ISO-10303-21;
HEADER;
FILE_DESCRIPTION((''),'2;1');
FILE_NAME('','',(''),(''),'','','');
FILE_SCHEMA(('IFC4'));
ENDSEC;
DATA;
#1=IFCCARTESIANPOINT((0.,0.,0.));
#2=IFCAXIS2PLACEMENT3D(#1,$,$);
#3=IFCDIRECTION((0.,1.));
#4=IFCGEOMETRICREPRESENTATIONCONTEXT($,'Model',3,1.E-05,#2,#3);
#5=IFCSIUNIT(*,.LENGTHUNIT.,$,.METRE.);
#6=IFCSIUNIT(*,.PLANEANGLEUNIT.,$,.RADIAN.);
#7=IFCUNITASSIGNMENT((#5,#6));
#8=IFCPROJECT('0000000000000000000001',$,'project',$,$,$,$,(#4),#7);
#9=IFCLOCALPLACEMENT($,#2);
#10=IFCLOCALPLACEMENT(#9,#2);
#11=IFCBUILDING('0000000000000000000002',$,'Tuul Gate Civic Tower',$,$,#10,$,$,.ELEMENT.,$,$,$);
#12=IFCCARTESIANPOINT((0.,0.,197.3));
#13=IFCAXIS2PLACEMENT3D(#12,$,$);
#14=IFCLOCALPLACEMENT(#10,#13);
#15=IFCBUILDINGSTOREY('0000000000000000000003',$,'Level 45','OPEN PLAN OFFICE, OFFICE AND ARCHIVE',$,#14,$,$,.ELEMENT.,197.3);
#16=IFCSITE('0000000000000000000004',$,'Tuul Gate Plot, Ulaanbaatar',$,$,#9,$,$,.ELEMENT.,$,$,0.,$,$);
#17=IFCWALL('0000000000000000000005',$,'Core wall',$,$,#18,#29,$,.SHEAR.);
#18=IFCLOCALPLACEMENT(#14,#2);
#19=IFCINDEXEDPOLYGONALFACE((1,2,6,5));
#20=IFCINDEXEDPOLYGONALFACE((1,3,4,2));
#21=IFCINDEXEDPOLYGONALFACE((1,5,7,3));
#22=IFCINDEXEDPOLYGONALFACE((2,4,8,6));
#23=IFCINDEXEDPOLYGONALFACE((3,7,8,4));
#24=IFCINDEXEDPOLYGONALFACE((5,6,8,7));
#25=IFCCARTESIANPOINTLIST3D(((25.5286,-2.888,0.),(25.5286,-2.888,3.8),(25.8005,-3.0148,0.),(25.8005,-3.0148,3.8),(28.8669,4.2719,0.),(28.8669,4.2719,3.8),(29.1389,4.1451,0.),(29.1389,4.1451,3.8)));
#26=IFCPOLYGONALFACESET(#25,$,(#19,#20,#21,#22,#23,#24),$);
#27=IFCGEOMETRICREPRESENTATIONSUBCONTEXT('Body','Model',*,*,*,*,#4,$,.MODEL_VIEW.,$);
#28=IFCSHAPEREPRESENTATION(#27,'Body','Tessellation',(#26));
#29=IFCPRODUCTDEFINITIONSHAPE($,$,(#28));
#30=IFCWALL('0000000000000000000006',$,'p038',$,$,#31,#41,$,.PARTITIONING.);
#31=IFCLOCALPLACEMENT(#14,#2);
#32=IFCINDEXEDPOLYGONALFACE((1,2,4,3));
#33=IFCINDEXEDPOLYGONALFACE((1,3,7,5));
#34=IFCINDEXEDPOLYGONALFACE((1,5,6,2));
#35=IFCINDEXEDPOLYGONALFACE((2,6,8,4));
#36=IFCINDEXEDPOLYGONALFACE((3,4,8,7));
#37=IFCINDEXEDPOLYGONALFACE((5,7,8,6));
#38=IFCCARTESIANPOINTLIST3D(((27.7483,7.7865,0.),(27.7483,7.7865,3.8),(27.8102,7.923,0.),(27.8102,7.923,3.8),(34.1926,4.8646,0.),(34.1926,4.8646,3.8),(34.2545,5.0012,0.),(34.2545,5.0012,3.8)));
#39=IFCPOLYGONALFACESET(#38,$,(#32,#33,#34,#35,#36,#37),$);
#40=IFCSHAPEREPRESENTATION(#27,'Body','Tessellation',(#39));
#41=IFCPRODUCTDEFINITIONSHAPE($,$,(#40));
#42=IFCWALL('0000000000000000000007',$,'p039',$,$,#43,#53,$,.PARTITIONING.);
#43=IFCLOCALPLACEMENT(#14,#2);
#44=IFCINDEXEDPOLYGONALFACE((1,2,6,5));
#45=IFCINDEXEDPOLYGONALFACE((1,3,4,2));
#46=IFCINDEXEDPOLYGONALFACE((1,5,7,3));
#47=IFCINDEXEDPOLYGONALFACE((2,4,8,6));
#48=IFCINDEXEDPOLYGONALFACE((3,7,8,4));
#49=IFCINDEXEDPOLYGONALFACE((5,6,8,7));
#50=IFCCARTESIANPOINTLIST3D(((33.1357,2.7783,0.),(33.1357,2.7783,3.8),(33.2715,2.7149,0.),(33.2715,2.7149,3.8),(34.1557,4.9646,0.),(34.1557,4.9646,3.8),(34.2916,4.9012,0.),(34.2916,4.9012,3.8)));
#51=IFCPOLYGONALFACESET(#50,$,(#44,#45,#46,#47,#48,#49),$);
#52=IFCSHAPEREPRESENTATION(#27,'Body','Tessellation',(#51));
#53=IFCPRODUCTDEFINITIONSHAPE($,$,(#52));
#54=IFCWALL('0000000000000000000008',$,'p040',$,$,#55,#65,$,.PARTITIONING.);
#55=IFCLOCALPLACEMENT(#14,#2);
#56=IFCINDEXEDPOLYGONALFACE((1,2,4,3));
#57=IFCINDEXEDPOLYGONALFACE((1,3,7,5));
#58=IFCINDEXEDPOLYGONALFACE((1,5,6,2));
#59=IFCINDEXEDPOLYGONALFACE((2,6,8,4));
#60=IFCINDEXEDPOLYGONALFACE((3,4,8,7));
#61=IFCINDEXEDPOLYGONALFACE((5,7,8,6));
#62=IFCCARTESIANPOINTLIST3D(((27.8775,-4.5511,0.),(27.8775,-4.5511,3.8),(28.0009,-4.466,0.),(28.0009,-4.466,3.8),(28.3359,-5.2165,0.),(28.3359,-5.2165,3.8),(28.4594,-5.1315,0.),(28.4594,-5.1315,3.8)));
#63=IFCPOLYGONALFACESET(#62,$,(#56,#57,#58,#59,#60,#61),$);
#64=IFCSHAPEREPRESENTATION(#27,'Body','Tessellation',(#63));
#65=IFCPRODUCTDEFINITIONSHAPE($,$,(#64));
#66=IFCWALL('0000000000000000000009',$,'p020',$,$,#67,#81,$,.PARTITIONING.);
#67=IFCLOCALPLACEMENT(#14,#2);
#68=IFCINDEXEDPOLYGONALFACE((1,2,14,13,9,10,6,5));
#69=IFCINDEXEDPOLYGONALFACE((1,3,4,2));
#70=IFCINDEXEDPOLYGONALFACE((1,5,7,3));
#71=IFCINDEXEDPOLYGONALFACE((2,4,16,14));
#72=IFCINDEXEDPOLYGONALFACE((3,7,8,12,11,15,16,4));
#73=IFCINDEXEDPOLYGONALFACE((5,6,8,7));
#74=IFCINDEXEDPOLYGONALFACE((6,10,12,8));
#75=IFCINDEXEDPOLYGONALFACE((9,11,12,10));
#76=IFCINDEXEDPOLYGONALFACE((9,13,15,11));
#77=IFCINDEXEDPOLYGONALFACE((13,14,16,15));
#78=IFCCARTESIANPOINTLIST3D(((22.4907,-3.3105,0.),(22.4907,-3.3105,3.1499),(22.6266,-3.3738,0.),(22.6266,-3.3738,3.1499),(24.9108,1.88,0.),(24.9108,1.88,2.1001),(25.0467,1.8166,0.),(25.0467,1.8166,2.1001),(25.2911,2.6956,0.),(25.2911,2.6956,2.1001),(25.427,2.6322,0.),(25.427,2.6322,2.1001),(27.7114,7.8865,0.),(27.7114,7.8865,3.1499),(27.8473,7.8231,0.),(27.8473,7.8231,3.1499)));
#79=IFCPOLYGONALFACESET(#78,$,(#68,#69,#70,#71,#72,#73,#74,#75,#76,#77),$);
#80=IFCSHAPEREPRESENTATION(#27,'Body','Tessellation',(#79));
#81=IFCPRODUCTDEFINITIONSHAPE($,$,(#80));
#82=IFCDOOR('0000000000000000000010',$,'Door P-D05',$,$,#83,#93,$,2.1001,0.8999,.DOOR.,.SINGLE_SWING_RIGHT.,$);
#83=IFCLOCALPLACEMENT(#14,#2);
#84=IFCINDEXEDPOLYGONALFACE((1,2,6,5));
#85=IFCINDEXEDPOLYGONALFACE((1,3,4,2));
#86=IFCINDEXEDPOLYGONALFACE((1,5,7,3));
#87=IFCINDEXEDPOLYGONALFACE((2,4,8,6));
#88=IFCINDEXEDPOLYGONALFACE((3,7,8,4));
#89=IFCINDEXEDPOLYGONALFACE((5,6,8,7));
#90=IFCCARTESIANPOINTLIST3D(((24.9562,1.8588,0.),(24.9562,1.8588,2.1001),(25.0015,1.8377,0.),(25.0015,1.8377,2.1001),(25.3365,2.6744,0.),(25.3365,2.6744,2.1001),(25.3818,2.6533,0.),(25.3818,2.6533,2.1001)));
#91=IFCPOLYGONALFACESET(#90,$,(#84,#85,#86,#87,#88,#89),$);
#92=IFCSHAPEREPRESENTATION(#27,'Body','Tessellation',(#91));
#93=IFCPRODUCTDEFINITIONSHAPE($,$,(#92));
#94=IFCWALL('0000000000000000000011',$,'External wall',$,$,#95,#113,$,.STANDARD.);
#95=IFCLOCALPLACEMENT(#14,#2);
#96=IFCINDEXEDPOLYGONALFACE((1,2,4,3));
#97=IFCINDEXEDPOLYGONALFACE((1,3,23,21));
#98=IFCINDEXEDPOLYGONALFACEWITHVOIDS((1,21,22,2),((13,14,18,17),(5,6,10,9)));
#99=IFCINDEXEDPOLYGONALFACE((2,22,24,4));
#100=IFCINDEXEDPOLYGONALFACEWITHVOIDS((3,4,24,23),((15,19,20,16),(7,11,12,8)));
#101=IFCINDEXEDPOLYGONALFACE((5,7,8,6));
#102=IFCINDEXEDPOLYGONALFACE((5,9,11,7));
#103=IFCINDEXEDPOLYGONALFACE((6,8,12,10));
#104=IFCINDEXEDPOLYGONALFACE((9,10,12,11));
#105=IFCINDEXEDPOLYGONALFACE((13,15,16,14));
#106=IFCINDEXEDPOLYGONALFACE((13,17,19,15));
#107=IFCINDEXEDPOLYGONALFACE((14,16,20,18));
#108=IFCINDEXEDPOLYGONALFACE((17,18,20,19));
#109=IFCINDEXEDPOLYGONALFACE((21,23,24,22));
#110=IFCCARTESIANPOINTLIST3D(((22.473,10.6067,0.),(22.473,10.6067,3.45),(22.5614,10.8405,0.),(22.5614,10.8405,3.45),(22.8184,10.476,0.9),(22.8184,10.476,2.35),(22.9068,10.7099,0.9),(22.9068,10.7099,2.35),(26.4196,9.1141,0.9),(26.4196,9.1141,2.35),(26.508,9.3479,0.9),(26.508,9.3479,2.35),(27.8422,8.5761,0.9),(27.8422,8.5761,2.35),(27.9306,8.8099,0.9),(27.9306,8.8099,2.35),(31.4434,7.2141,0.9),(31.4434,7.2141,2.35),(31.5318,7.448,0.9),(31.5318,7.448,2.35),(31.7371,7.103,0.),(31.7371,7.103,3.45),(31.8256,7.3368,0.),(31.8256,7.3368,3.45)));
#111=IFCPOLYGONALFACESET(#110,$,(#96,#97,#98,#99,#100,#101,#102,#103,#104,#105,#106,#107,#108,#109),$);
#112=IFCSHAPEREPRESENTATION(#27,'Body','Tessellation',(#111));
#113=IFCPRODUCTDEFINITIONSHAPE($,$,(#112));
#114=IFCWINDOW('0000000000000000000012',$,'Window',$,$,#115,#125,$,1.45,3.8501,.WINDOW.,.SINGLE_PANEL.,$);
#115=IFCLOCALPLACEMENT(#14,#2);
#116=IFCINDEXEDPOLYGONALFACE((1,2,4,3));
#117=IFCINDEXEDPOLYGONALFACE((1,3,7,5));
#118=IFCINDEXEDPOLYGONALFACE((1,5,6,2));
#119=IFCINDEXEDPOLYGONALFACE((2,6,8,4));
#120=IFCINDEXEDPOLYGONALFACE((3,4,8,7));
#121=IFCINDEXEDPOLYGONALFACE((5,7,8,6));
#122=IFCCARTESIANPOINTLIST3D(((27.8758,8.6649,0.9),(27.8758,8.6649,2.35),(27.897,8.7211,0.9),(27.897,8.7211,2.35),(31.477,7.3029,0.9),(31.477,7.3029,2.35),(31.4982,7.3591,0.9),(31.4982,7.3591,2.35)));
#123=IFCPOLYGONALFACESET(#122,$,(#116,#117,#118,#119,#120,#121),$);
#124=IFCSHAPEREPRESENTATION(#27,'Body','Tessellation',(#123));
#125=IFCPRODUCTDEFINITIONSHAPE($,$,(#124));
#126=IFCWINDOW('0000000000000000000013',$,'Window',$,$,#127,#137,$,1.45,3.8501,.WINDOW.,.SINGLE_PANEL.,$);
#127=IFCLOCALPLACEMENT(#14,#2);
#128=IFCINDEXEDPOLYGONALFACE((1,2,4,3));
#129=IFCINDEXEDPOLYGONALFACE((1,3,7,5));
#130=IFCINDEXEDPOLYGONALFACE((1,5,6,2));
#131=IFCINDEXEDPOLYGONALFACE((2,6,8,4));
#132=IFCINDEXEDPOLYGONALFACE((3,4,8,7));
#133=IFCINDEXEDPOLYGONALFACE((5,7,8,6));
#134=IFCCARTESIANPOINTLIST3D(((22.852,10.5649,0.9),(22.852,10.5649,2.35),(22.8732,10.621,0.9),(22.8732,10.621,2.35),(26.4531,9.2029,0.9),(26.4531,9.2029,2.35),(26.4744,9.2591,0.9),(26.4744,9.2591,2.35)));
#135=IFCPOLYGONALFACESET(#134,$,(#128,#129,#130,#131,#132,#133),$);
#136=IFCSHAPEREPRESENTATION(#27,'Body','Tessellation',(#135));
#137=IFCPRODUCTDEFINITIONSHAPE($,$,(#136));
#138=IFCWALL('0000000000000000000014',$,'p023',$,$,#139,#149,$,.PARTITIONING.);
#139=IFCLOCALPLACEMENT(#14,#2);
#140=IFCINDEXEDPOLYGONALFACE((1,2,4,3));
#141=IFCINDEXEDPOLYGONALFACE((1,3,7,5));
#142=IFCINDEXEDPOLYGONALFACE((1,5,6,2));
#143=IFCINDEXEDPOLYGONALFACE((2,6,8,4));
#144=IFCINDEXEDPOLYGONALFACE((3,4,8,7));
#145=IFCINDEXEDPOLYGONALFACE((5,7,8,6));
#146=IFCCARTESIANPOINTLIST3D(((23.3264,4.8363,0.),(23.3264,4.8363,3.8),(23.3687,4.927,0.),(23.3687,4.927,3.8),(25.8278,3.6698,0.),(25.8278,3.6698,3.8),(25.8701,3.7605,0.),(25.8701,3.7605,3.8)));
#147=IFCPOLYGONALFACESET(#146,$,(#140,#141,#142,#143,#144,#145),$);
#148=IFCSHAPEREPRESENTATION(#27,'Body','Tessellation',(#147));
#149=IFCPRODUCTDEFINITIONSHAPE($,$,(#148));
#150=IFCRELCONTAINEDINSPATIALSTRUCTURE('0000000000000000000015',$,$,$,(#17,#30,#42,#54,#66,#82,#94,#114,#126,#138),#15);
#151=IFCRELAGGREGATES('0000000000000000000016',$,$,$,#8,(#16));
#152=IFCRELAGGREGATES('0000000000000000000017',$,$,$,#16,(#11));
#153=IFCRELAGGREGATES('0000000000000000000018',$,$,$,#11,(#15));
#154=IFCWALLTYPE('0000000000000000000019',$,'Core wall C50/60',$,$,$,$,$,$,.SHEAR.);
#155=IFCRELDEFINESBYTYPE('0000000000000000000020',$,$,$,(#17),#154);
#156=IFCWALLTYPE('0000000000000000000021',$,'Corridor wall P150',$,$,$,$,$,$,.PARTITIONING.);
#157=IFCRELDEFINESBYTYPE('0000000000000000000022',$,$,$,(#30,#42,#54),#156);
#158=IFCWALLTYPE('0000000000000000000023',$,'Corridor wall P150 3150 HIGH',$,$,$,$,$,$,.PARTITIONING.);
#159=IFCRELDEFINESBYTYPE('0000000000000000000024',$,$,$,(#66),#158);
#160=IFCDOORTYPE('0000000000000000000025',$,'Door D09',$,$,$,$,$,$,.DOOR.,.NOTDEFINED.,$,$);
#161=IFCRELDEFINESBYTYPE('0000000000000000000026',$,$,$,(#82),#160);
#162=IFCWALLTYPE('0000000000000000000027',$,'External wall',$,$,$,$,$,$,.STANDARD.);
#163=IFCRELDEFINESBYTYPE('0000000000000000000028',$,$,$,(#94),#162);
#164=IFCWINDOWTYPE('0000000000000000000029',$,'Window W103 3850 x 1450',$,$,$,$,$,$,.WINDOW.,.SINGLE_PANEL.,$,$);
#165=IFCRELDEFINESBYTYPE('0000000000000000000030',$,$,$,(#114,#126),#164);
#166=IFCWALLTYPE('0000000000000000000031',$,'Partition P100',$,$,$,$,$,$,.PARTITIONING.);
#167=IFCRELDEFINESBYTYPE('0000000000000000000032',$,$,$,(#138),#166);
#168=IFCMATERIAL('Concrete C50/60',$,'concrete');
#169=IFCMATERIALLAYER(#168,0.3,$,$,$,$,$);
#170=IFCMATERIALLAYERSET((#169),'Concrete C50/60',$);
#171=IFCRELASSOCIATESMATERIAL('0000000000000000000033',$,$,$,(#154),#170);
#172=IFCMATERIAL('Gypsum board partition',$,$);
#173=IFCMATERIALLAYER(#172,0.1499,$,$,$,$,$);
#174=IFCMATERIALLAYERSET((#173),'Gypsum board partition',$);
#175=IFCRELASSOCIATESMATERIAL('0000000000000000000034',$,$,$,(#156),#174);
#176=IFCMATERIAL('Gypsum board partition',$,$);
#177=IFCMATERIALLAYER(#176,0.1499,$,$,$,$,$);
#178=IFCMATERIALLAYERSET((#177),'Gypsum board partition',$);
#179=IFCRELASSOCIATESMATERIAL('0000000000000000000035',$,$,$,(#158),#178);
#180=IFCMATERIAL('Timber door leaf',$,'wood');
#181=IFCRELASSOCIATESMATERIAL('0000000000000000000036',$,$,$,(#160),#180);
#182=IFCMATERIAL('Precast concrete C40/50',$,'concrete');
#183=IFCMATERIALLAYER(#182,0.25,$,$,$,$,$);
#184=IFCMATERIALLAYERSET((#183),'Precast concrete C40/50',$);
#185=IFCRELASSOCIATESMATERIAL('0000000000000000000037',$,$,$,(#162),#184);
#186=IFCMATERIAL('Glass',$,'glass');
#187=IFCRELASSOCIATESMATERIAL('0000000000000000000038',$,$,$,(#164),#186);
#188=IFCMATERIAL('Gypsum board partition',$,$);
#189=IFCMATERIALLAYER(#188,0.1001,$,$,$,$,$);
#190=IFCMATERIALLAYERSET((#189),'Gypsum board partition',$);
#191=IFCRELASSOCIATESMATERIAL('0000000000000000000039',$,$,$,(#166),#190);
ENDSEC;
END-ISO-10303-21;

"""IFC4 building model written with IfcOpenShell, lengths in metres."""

from ifc_helpers import new_model, si_unit, direction, frame, frame_2d, origin, place, context, subcontext, project, spatial, rectangle, extrude, material, layer, layer_set, type_object, element, fill, save


model = new_model("IFC4")

# Units and contexts
model_context = context("Model", 3, precision=1e-05, world=origin(), true_north=direction((0.0, 1.0)))
body_context = subcontext(model_context, "Body", "Model", "MODEL_VIEW")
ifc_project = project(units=[si_unit("LENGTHUNIT", "METRE"), si_unit("PLANEANGLEUNIT", "RADIAN")], contexts=[model_context])

# Site, building, storey
site_placement = place(None, origin())
site = spatial("IfcSite", under=ifc_project, at=site_placement, Name="Tuul Gate Plot, Ulaanbaatar", CompositionType="ELEMENT", RefElevation=0.0)
building_placement = place(site_placement, origin())
building = spatial("IfcBuilding", under=site, at=building_placement, Name="Tuul Gate Civic Tower", CompositionType="ELEMENT")
storey_placement = place(building_placement, frame((0.0, 0.0, 197.3)))
storey = spatial("IfcBuildingStorey", under=building, at=storey_placement, Name="Level 45", Description="OPEN PLAN OFFICE, OFFICE AND ARCHIVE", CompositionType="ELEMENT", Elevation=197.3)

# Shared definitions
ifc_material_1 = material(Name="Concrete C50/60", Category="concrete")
ifc_layer_1 = layer(ifc_material_1, 0.3)
ifc_layer_set_1 = layer_set([ifc_layer_1], Name="Concrete C50/60")
wall_type_1 = type_object("IfcWallType", Name="Core wall C50/60", PredefinedType="SHEAR", material=ifc_layer_set_1)

# Walls
wall_1_placement = place(storey_placement, frame((25.6646, -2.9514, 0.0), z_axis=(0.0, 0.0, 1.0), x_axis=(0.422583, 0.906324, 0.0)))
element("IfcWall", 1, at=wall_1_placement, inside=storey, type_object=wall_type_1, Name="Core wall", PredefinedType="SHEAR", context=body_context, shape_type="SweptSolid", body=[
    extrude(rectangle(XDim=7.8999, YDim=0.3, at=frame_2d((3.95, 0.0))), origin(), (0.0, 0.0, 1.0), 3.8),
])
ifc_material_2 = material(Name="Gypsum board partition")
ifc_layer_2 = layer(ifc_material_2, 0.1499)
ifc_layer_set_2 = layer_set([ifc_layer_2], Name="Gypsum board partition")
wall_type_2 = type_object("IfcWallType", Name="Corridor wall P150", PredefinedType="PARTITIONING", material=ifc_layer_set_2)
wall_2_placement = place(storey_placement, frame((27.7793, 7.8547, 0.0), z_axis=(0.0, 0.0, 1.0), x_axis=(0.910758, -0.41294, 0.0)))
element("IfcWall", 2, at=wall_2_placement, inside=storey, type_object=wall_type_2, Name="p038", PredefinedType="PARTITIONING", context=body_context, shape_type="SweptSolid", body=[
    extrude(rectangle(XDim=7.0757, YDim=0.1499, at=frame_2d((3.5378, 0.0))), origin(), (0.0, 0.0, 1.0), 3.8),
])
wall_3_placement = place(storey_placement, frame((33.2036, 2.7466, 0.0), z_axis=(0.0, 0.0, 1.0), x_axis=(0.422802, 0.906222, 0.0)))
element("IfcWall", 3, at=wall_3_placement, inside=storey, type_object=wall_type_2, Name="p039", PredefinedType="PARTITIONING", context=body_context, shape_type="SweptSolid", body=[
    extrude(rectangle(XDim=2.4126, YDim=0.1499, at=frame_2d((1.2063, 0.0))), origin(), (0.0, 0.0, 1.0), 3.8),
])
wall_4_placement = place(storey_placement, frame((27.9392, -4.5085, 0.0), z_axis=(0.0, 0.0, 1.0), x_axis=(0.567323, -0.823495, 0.0)))
element("IfcWall", 4, at=wall_4_placement, inside=storey, type_object=wall_type_2, Name="p040", PredefinedType="PARTITIONING", context=body_context, shape_type="SweptSolid", body=[
    extrude(rectangle(XDim=0.8081, YDim=0.1499, at=frame_2d((0.4041, 0.0))), origin(), (0.0, 0.0, 1.0), 3.8),
])

# Wall, opening, door
ifc_material_3 = material(Name="Gypsum board partition")
ifc_layer_3 = layer(ifc_material_3, 0.1499)
ifc_layer_set_3 = layer_set([ifc_layer_3], Name="Gypsum board partition")
wall_type_3 = type_object("IfcWallType", Name="Corridor wall P150 3150 HIGH", PredefinedType="PARTITIONING", material=ifc_layer_set_3)
wall_5_placement = place(storey_placement, frame((22.5586, -3.3423, 0.0), z_axis=(0.0, 0.0, 1.0), x_axis=(0.422581, 0.906325, 0.0)))
wall_5 = element("IfcWall", 5, at=wall_5_placement, inside=storey, type_object=wall_type_3, Name="p020", PredefinedType="PARTITIONING", context=body_context, shape_type="SweptSolid", body=[
    extrude(rectangle(XDim=12.3542, YDim=0.1499, at=frame_2d((6.1772, 0.0))), origin(), (0.0, 0.0, 1.0), 3.1499),
])
opening_1_placement = place(wall_5_placement, frame((5.7271, 0.0, 0.0)))
opening_1 = element("IfcOpeningElement", 6, at=opening_1_placement, cuts=wall_5, PredefinedType="OPENING", context=body_context, shape_type="SweptSolid", body=[
    extrude(rectangle(XDim=0.8999, YDim=2.1001, at=frame_2d((0.45, 1.05))), frame((0.0, 0.085, 0.0), z_axis=(0.0, -1.0, 0.0), x_axis=(1.0, 0.0, 0.0)), (0.0, 0.0, 1.0), 0.1699),
])
ifc_material_4 = material(Name="Timber door leaf", Category="wood")
door_type_1 = type_object("IfcDoorType", Name="Door D09", OperationType="NOTDEFINED", PredefinedType="DOOR", material=ifc_material_4)
door_1_placement = place(opening_1_placement, origin())
door_1 = element("IfcDoor", 7, at=door_1_placement, inside=storey, type_object=door_type_1, Name="Door P-D05", OperationType="SINGLE_SWING_RIGHT", OverallHeight=2.1001, OverallWidth=0.8999, PredefinedType="DOOR", context=body_context, shape_type="SweptSolid", body=[
    extrude(rectangle(XDim=0.8999, YDim=2.1001, at=frame_2d((0.45, 1.05))), frame((0.0, 0.0249, 0.0), z_axis=(0.0, -1.0, 0.0), x_axis=(1.0, 0.0, 0.0)), (0.0, 0.0, 1.0), 0.05),
])
fill(opening_1, door_1)

# Wall, openings, windows
ifc_material_5 = material(Name="Precast concrete C40/50", Category="concrete")
ifc_layer_4 = layer(ifc_material_5, 0.25)
ifc_layer_set_4 = layer_set([ifc_layer_4], Name="Precast concrete C40/50")
wall_type_4 = type_object("IfcWallType", Name="External wall", PredefinedType="STANDARD", material=ifc_layer_set_4)
wall_6_placement = place(storey_placement, frame((31.7812, 7.22, 0.0), z_axis=(0.0, 0.0, 1.0), x_axis=(-0.935343, 0.353742, 0.0)))
wall_6 = element("IfcWall", 8, at=wall_6_placement, inside=storey, type_object=wall_type_4, Name="External wall", PredefinedType="STANDARD", context=body_context, shape_type="SweptSolid", body=[
    extrude(rectangle(XDim=9.9045, YDim=0.25, at=frame_2d((4.9521, 0.0))), origin(), (0.0, 0.0, 1.0), 3.45),
])
opening_2_placement = place(wall_6_placement, frame((0.314, 0.0, 0.8999)))
opening_2 = element("IfcOpeningElement", 9, at=opening_2_placement, cuts=wall_6, PredefinedType="OPENING", context=body_context, shape_type="SweptSolid", body=[
    extrude(rectangle(XDim=3.8501, YDim=1.45, at=frame_2d((1.925, 0.7251))), frame((0.0, 0.135, 0.0), z_axis=(0.0, -1.0, 0.0), x_axis=(1.0, 0.0, 0.0)), (0.0, 0.0, 1.0), 0.27),
])
opening_3_placement = place(wall_6_placement, frame((5.6851, 0.0, 0.8999)))
opening_3 = element("IfcOpeningElement", 10, at=opening_3_placement, cuts=wall_6, PredefinedType="OPENING", context=body_context, shape_type="SweptSolid", body=[
    extrude(rectangle(XDim=3.8501, YDim=1.45, at=frame_2d((1.925, 0.7251))), frame((0.0, 0.135, 0.0), z_axis=(0.0, -1.0, 0.0), x_axis=(1.0, 0.0, 0.0)), (0.0, 0.0, 1.0), 0.27),
])
ifc_material_6 = material(Name="Glass", Category="glass")
window_type = type_object("IfcWindowType", Name="Window W103 3850 x 1450", PartitioningType="SINGLE_PANEL", PredefinedType="WINDOW", material=ifc_material_6)
window_1_placement = place(opening_2_placement, origin())
window_1 = element("IfcWindow", 11, at=window_1_placement, inside=storey, type_object=window_type, Name="Window", OverallHeight=1.45, OverallWidth=3.8501, PartitioningType="SINGLE_PANEL", PredefinedType="WINDOW", context=body_context, shape_type="SweptSolid", body=[
    extrude(rectangle(XDim=3.8501, YDim=1.45, at=frame_2d((1.925, 0.7251))), frame((0.0, 0.03, 0.0), z_axis=(0.0, -1.0, 0.0), x_axis=(1.0, 0.0, 0.0)), (0.0, 0.0, 1.0), 0.0601),
])
fill(opening_2, window_1)
window_2_placement = place(opening_3_placement, origin())
window_2 = element("IfcWindow", 12, at=window_2_placement, inside=storey, type_object=window_type, Name="Window", OverallHeight=1.45, OverallWidth=3.8501, PartitioningType="SINGLE_PANEL", PredefinedType="WINDOW", context=body_context, shape_type="SweptSolid", body=[
    extrude(rectangle(XDim=3.8501, YDim=1.45, at=frame_2d((1.925, 0.7251))), frame((0.0, 0.03, 0.0), z_axis=(0.0, -1.0, 0.0), x_axis=(1.0, 0.0, 0.0)), (0.0, 0.0, 1.0), 0.0601),
])
fill(opening_3, window_2)

# Wall
ifc_material_7 = material(Name="Gypsum board partition")
ifc_layer_5 = layer(ifc_material_7, 0.1001)
ifc_layer_set_5 = layer_set([ifc_layer_5], Name="Gypsum board partition")
wall_type_5 = type_object("IfcWallType", Name="Partition P100", PredefinedType="PARTITIONING", material=ifc_layer_set_5)
wall_7_placement = place(storey_placement, frame((23.3477, 4.8816, 0.0), z_axis=(0.0, 0.0, 1.0), x_axis=(0.906301, -0.422634, 0.0)))
element("IfcWall", 13, at=wall_7_placement, inside=storey, type_object=wall_type_5, Name="p023", PredefinedType="PARTITIONING", context=body_context, shape_type="SweptSolid", body=[
    extrude(rectangle(XDim=2.76, YDim=0.1001, at=frame_2d((1.3799, 0.0))), origin(), (0.0, 0.0, 1.0), 3.8),
])

save(model, "model.ifc")
